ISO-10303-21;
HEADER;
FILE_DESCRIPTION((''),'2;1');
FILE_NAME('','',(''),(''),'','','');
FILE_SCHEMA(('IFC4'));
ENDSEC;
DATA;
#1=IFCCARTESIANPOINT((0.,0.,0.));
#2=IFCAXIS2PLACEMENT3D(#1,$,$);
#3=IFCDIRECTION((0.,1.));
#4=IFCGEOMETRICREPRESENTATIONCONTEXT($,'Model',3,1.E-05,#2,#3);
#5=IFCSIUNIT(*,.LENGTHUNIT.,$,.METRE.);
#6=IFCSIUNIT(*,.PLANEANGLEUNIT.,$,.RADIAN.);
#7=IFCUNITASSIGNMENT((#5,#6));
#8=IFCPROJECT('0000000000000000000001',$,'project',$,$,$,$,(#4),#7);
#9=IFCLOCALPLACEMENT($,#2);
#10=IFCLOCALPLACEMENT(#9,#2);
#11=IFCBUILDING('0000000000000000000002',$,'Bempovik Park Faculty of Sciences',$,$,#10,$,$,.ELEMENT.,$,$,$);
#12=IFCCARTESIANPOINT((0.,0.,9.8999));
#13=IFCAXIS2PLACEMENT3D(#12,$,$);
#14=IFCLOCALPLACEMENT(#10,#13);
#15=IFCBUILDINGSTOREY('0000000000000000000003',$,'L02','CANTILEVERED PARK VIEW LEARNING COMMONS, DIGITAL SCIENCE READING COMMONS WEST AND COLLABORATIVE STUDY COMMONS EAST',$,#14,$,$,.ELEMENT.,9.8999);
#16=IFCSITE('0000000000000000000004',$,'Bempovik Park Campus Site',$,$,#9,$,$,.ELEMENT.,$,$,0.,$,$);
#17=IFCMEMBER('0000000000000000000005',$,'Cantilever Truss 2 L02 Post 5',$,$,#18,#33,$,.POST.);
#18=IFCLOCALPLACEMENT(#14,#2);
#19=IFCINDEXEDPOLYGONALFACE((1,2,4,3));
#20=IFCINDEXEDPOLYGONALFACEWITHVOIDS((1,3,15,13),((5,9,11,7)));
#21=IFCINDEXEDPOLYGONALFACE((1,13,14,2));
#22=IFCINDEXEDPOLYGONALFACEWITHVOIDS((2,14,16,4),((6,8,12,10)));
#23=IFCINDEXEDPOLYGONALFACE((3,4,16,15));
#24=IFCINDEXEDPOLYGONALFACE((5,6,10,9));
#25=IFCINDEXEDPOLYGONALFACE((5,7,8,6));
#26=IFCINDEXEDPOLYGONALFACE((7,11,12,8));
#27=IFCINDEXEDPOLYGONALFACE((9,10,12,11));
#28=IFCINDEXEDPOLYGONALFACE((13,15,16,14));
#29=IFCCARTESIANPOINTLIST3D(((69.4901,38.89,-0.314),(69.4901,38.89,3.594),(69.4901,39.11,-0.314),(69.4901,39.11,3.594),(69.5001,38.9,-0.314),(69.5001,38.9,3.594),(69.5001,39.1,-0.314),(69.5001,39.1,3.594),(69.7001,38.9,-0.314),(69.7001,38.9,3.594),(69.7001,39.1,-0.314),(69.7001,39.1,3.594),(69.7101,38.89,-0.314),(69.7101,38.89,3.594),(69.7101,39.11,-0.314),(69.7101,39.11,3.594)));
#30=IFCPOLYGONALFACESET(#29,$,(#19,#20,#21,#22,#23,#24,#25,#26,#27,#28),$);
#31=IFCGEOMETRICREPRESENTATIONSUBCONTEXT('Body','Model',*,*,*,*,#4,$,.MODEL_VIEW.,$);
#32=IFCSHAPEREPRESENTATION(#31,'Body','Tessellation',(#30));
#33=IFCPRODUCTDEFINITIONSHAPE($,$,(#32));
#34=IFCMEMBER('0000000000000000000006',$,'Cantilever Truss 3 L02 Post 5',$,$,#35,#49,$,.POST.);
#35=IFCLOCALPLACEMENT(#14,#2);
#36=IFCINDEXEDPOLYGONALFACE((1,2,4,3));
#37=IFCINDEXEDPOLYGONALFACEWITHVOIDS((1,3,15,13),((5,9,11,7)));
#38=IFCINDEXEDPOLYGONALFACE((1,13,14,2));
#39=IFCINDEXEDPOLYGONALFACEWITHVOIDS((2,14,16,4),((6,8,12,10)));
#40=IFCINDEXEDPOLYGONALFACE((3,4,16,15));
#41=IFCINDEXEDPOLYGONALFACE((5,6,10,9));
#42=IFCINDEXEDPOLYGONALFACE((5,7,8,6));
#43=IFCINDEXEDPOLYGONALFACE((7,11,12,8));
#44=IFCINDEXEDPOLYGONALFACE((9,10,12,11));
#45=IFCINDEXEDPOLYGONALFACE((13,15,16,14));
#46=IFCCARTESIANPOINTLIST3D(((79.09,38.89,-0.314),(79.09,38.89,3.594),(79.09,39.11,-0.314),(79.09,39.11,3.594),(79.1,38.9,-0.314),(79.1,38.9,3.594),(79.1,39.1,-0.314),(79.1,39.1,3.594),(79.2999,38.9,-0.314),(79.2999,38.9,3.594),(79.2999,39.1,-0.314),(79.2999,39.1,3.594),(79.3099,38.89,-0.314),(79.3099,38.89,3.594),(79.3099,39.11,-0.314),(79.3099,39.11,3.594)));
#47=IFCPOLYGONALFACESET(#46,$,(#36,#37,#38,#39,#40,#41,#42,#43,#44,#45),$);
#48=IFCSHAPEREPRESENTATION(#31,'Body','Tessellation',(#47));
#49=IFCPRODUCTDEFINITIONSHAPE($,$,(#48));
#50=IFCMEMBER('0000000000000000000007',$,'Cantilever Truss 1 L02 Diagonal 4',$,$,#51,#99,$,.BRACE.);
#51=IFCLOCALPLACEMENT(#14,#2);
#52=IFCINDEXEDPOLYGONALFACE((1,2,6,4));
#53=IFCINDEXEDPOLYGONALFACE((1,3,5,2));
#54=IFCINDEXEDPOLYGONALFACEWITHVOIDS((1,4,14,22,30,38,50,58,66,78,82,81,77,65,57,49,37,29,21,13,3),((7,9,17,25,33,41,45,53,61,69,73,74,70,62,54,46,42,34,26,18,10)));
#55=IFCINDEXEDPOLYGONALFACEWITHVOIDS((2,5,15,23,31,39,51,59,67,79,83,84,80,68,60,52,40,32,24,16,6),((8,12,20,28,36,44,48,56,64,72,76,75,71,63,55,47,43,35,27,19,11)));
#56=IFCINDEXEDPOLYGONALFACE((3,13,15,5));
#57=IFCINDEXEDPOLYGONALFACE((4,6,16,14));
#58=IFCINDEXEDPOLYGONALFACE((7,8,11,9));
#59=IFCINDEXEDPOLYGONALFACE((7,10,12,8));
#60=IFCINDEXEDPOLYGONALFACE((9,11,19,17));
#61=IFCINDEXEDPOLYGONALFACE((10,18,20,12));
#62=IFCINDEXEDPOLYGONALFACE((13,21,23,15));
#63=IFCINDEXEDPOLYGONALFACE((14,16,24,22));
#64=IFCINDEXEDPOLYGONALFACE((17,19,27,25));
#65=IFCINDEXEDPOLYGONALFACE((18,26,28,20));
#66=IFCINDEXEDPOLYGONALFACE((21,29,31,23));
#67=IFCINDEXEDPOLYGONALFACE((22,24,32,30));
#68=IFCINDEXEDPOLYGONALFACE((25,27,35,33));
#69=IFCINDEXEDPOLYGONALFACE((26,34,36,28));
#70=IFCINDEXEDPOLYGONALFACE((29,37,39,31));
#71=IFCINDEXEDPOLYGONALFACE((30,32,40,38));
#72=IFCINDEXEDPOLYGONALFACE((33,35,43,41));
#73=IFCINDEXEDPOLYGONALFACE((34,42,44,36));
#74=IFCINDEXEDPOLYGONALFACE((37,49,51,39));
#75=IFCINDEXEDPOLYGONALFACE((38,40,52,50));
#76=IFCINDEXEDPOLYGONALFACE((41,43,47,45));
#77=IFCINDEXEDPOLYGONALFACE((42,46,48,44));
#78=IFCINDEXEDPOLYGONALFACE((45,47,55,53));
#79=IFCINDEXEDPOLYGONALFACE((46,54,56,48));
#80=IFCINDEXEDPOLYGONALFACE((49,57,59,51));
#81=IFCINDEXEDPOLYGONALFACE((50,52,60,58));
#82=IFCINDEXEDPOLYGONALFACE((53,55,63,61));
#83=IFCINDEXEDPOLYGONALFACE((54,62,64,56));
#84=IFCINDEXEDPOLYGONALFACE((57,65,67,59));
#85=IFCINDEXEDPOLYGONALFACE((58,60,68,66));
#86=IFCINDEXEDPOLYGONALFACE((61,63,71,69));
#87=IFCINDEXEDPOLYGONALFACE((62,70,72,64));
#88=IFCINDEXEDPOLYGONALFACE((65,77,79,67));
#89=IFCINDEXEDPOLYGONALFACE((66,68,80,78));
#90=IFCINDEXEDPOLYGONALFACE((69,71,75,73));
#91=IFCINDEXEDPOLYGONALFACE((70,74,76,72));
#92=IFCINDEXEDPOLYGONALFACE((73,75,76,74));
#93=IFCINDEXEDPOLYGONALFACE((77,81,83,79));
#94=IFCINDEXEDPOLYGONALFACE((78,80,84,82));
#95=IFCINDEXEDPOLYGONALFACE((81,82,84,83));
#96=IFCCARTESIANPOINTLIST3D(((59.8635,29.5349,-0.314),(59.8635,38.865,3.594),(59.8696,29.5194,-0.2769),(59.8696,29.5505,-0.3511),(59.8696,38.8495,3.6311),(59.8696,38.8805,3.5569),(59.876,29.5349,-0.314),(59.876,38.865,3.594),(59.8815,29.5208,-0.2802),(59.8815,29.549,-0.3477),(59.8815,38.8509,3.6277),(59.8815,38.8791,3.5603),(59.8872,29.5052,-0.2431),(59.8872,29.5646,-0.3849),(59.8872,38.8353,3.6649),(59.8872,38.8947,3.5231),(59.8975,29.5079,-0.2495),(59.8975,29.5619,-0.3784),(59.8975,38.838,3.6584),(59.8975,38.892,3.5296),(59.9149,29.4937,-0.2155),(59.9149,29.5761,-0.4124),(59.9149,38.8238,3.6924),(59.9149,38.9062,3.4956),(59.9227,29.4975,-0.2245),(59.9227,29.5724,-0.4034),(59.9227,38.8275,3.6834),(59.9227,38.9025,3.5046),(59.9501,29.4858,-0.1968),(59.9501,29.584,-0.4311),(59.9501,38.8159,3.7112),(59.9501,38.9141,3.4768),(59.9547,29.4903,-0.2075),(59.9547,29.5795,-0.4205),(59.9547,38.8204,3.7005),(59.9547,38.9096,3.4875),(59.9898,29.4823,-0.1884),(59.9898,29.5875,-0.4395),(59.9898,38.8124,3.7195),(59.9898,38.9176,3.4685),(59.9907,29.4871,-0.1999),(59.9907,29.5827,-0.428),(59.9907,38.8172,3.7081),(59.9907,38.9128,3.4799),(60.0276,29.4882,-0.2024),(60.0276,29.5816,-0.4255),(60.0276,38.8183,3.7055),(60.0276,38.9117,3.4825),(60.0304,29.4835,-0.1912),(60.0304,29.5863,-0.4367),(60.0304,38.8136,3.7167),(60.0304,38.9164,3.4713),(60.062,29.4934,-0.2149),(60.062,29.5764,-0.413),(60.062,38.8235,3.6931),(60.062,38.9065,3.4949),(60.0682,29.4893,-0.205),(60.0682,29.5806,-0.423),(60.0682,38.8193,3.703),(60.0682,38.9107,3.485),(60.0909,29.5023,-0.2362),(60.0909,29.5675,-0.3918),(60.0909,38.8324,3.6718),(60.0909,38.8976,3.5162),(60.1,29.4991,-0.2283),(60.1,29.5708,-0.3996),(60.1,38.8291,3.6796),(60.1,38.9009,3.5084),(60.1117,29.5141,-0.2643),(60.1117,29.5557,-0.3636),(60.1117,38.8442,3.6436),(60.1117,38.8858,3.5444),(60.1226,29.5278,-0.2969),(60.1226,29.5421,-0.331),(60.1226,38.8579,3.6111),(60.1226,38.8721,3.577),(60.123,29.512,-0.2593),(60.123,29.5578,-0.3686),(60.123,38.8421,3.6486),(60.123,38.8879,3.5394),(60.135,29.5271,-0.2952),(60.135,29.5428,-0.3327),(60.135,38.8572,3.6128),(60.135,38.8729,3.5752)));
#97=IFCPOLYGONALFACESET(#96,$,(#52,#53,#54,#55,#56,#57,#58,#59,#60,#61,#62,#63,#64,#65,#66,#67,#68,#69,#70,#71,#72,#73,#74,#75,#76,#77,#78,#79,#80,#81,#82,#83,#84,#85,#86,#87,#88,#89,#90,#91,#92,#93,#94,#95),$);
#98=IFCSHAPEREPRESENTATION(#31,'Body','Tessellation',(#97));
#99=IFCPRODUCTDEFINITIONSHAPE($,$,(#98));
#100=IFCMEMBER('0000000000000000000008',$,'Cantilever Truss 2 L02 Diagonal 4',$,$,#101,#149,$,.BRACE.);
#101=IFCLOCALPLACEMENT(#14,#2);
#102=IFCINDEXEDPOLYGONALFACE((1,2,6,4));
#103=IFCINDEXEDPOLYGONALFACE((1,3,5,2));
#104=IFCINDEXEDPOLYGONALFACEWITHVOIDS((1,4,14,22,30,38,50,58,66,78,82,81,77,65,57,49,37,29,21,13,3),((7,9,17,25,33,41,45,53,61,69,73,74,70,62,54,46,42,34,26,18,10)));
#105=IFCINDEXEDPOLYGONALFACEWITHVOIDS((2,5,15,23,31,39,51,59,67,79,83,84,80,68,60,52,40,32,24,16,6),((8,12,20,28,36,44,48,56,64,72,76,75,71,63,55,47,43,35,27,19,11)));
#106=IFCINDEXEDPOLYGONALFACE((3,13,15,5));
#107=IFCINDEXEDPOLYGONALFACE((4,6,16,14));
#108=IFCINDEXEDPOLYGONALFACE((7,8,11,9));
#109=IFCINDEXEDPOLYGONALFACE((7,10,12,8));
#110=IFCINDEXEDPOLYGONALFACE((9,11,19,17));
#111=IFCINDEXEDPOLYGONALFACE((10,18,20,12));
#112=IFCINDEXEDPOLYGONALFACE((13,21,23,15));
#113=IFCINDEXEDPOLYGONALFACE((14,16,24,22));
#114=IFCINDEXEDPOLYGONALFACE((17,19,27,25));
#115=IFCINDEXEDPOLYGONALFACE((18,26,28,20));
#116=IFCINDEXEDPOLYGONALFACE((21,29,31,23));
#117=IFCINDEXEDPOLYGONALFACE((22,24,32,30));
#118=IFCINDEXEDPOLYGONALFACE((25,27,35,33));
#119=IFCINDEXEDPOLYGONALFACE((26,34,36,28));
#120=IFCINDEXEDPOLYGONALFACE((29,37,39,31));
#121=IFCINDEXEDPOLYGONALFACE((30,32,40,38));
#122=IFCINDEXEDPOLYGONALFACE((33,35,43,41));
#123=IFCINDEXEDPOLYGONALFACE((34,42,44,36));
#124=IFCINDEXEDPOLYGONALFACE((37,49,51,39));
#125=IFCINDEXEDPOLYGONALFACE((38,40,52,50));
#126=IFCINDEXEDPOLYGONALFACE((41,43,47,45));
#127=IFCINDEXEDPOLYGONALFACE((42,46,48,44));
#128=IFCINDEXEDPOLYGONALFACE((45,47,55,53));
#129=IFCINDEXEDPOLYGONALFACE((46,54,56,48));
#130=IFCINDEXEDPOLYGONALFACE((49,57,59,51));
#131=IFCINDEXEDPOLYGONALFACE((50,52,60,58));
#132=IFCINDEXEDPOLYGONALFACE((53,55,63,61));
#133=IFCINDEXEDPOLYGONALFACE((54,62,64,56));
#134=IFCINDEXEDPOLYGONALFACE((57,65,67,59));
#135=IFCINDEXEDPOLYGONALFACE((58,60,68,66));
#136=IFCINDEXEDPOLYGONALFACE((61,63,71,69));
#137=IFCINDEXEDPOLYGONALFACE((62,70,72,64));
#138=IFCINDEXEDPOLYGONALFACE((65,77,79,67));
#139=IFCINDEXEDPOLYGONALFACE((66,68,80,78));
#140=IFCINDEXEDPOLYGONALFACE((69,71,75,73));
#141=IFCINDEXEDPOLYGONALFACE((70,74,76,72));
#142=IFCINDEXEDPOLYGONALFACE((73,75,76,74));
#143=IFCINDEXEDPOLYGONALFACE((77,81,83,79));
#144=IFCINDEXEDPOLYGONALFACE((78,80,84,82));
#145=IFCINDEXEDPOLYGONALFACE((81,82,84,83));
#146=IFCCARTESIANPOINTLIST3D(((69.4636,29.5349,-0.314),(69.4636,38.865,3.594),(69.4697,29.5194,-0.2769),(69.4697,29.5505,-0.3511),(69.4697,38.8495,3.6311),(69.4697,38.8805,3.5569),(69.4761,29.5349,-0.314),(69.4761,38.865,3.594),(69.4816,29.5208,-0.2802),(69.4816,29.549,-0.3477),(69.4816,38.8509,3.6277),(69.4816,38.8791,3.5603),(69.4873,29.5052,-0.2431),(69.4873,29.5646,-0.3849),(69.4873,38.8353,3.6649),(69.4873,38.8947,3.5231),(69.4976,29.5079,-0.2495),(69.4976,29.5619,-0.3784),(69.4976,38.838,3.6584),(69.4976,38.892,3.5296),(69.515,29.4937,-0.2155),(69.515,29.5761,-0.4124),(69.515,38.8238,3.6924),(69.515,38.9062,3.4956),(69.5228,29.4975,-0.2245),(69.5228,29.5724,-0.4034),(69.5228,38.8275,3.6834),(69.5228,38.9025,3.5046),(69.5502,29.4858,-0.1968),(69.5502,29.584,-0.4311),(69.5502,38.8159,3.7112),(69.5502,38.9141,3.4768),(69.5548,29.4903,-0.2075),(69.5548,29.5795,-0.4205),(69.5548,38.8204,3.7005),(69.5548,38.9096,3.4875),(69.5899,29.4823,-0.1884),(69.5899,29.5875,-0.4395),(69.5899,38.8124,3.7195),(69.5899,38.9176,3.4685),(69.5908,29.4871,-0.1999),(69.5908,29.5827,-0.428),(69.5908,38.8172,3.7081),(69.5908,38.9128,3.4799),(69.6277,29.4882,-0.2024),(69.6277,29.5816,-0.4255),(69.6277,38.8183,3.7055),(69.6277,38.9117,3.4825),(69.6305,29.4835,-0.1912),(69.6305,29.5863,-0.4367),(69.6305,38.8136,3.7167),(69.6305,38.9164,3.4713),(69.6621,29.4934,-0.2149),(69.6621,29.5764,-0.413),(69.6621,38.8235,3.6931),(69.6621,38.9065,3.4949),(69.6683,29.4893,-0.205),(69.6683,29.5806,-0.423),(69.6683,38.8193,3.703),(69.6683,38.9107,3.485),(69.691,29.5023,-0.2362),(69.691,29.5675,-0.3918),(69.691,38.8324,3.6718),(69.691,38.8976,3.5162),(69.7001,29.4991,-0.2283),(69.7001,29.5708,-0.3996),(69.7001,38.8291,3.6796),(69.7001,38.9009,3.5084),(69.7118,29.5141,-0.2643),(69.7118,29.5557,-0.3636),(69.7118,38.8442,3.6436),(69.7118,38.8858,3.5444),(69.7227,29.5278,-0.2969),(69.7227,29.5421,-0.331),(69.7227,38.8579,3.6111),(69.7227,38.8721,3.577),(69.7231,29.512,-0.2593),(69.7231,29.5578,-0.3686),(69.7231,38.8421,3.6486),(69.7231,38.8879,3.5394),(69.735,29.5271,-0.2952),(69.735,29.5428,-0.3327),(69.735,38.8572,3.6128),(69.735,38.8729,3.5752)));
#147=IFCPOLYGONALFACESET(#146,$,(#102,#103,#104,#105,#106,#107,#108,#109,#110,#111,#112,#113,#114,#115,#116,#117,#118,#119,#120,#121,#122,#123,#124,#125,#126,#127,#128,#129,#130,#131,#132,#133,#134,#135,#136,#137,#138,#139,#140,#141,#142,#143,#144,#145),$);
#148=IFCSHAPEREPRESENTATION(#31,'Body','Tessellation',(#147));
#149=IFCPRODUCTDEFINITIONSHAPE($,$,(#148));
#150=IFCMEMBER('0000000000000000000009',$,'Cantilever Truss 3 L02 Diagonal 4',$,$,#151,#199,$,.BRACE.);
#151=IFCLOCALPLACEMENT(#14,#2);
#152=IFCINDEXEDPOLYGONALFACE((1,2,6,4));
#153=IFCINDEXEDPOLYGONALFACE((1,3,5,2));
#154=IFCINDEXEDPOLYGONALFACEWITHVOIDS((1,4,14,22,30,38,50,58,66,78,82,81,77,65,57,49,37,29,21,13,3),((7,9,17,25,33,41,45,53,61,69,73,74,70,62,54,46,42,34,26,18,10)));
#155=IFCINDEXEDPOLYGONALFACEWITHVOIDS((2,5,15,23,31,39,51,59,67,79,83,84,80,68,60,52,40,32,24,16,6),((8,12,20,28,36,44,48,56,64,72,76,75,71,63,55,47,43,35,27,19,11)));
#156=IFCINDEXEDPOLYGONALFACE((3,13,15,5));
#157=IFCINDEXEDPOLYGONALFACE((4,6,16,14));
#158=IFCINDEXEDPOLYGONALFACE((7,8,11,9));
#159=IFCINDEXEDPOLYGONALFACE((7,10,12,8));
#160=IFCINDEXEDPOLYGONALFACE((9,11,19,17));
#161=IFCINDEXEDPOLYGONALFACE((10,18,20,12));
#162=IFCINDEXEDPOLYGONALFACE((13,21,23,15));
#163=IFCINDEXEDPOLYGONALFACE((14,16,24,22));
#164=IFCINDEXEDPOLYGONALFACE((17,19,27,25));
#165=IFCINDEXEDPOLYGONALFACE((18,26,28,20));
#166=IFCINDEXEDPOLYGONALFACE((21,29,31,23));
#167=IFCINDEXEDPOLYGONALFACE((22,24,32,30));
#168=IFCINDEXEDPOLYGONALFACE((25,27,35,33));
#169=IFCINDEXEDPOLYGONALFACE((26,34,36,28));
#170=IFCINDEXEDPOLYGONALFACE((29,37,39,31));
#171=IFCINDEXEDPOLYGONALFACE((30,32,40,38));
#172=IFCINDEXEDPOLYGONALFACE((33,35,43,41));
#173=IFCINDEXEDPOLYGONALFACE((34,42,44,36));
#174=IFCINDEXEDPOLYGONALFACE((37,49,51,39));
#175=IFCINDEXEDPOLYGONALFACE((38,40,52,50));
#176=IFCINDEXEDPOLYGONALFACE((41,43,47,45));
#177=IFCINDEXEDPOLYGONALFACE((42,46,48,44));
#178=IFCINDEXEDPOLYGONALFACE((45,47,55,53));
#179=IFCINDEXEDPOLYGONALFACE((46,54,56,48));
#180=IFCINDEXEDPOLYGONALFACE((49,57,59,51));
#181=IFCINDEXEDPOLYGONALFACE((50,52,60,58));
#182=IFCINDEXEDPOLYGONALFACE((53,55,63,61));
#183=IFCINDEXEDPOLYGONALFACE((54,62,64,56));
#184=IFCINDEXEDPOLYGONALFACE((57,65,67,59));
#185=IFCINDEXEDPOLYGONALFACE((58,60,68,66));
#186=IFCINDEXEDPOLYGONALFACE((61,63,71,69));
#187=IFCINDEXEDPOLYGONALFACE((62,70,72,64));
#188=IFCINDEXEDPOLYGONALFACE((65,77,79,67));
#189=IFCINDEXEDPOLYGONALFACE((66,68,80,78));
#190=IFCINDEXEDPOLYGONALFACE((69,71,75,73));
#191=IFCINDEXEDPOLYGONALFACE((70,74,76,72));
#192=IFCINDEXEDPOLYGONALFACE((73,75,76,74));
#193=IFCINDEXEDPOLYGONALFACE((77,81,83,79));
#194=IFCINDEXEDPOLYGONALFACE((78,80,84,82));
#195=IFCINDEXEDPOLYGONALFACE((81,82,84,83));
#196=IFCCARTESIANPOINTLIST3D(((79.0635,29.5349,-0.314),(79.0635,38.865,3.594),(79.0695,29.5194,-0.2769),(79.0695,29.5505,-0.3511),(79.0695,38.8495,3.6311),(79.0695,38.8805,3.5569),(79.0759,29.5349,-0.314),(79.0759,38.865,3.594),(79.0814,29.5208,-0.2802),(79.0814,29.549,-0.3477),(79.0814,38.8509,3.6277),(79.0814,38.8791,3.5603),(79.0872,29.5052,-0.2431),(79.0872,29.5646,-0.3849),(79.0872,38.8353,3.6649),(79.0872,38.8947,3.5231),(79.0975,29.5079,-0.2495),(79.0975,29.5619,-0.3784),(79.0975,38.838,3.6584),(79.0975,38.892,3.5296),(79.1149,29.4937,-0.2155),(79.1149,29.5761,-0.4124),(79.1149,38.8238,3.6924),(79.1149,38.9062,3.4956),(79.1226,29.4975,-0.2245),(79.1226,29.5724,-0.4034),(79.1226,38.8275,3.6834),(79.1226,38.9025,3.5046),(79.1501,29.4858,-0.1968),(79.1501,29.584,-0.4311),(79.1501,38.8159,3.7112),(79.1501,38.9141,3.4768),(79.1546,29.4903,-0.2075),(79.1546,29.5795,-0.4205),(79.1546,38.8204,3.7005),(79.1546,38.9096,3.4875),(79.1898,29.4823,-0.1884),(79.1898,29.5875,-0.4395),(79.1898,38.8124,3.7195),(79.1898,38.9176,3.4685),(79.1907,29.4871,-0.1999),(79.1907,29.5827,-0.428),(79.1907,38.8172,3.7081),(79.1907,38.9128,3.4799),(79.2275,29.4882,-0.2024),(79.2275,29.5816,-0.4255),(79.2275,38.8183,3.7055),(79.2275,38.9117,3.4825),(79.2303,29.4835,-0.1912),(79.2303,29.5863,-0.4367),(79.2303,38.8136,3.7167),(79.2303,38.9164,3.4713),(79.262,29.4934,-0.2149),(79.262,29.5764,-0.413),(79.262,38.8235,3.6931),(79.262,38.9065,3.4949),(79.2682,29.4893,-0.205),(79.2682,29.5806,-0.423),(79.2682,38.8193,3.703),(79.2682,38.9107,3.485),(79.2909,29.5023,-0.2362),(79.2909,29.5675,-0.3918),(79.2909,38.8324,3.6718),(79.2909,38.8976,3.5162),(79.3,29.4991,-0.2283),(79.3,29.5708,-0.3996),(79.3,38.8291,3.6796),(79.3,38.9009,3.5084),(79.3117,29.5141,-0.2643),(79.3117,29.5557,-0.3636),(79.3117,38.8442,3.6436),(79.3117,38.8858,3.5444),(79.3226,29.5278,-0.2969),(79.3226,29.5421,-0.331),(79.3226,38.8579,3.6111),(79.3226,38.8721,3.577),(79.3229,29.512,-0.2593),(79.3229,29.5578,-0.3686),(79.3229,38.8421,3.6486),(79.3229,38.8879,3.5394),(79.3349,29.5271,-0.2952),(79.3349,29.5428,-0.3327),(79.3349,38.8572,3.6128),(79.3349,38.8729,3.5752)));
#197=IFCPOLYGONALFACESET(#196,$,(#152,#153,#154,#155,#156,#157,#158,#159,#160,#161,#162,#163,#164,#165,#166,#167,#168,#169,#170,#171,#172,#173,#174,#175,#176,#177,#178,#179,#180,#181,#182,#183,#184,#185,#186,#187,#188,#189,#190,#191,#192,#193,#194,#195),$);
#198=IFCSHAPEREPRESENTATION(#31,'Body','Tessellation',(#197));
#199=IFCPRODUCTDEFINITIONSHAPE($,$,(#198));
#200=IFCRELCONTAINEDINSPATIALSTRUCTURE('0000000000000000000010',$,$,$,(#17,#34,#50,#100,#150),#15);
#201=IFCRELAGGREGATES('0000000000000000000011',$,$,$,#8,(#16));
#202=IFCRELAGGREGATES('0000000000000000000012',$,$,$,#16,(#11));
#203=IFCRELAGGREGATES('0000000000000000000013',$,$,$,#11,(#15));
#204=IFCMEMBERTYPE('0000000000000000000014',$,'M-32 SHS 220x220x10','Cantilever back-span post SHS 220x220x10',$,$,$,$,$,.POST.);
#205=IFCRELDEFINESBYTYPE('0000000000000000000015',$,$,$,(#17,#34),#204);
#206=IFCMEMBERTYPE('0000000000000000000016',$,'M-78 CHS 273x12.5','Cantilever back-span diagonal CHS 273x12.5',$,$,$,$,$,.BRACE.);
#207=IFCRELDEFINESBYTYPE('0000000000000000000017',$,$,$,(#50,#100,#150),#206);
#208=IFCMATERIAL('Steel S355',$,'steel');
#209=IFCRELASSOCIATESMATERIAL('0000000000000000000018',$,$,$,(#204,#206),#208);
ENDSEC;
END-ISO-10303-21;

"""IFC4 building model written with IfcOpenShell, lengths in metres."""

from ifc_helpers import new_model, si_unit, direction, frame, origin, origin_2d, place, context, subcontext, project, spatial, hollow_rectangle, hollow_circle, extrude, material, material_profile, profile_set, type_object, element, save


model = new_model("IFC4")

# Units and contexts
model_context = context("Model", 3, precision=1e-05, world=origin(), true_north=direction((0.0, 1.0)))
body_context = subcontext(model_context, "Body", "Model", "MODEL_VIEW")
ifc_project = project(units=[si_unit("LENGTHUNIT", "METRE"), si_unit("PLANEANGLEUNIT", "RADIAN")], contexts=[model_context])

# Site, building, storey
site_placement = place(None, origin())
site = spatial("IfcSite", under=ifc_project, at=site_placement, Name="Bempovik Park Campus Site", CompositionType="ELEMENT", RefElevation=0.0)
building_placement = place(site_placement, origin())
building = spatial("IfcBuilding", under=site, at=building_placement, Name="Bempovik Park Faculty of Sciences", CompositionType="ELEMENT")
storey_placement = place(building_placement, frame((0.0, 0.0, 9.8999)))
storey = spatial("IfcBuildingStorey", under=building, at=storey_placement, Name="L02", Description="CANTILEVERED PARK VIEW LEARNING COMMONS, DIGITAL SCIENCE READING COMMONS WEST AND COLLABORATIVE STUDY COMMONS EAST", CompositionType="ELEMENT", Elevation=9.8999)

# Members
ifc_material_1 = material(Name="Steel S355", Category="steel")
ifc_material_profile_1 = material_profile(ifc_material_1, hollow_rectangle(XDim=0.22, YDim=0.22, WallThickness=0.01, at=origin_2d()), Name="SHS 220x220x10")
ifc_profile_set_1 = profile_set([ifc_material_profile_1], Name="Steel S355")
member_type_1 = type_object("IfcMemberType", Name="M-32 SHS 220x220x10", Description="Cantilever back-span post SHS 220x220x10", PredefinedType="POST", material=ifc_profile_set_1)
for number, where, z_axis, x_axis, name in (
    (1, (69.6001, 39.0, -0.314), (0.0, 0.0, 1.0), (1.0, 0.0, 0.0), "Cantilever Truss 2 L02 Post 5"),
    (2, (79.2, 39.0, -0.314), (0.0, 0.0, 1.0), (1.0, 0.0, 0.0), "Cantilever Truss 3 L02 Post 5"),
):
    element("IfcMember", number, at=place(storey_placement, frame(where, z_axis=z_axis, x_axis=x_axis)), inside=storey, type_object=member_type_1, Name=name, PredefinedType="POST", context=body_context, shape_type="SweptSolid", body=[
        extrude(hollow_rectangle(XDim=0.22, YDim=0.22, WallThickness=0.01, at=origin_2d()), origin(), (0.0, 0.0, 1.0), 3.908),
    ])
ifc_material_profile_2 = material_profile(ifc_material_1, hollow_circle(Radius=0.1365, WallThickness=0.0125, at=origin_2d()), Name="CHS 273x12.5")
ifc_profile_set_2 = profile_set([ifc_material_profile_2], Name="Steel S355")
member_type_2 = type_object("IfcMemberType", Name="M-78 CHS 273x12.5", Description="Cantilever back-span diagonal CHS 273x12.5", PredefinedType="BRACE", material=ifc_profile_set_2)
for number, where, z_axis, x_axis, name in (
    (3, (60.0, 29.5349, -0.314), (0.0, 0.922358, 0.386335), (-1.0, 0.0, 0.0), "Cantilever Truss 1 L02 Diagonal 4"),
    (4, (69.6001, 29.5349, -0.314), (0.0, 0.922358, 0.386335), (-1.0, 0.0, 0.0), "Cantilever Truss 2 L02 Diagonal 4"),
    (5, (79.2, 29.5349, -0.314), (0.0, 0.922358, 0.386335), (-1.0, 0.0, 0.0), "Cantilever Truss 3 L02 Diagonal 4"),
):
    element("IfcMember", number, at=place(storey_placement, frame(where, z_axis=z_axis, x_axis=x_axis)), inside=storey, type_object=member_type_2, Name=name, PredefinedType="BRACE", context=body_context, shape_type="SweptSolid", body=[
        extrude(hollow_circle(Radius=0.1365, WallThickness=0.0125, at=origin_2d()), origin(), (0.0, 0.0, 1.0), 10.1155),
    ])

save(model, "model.ifc")
